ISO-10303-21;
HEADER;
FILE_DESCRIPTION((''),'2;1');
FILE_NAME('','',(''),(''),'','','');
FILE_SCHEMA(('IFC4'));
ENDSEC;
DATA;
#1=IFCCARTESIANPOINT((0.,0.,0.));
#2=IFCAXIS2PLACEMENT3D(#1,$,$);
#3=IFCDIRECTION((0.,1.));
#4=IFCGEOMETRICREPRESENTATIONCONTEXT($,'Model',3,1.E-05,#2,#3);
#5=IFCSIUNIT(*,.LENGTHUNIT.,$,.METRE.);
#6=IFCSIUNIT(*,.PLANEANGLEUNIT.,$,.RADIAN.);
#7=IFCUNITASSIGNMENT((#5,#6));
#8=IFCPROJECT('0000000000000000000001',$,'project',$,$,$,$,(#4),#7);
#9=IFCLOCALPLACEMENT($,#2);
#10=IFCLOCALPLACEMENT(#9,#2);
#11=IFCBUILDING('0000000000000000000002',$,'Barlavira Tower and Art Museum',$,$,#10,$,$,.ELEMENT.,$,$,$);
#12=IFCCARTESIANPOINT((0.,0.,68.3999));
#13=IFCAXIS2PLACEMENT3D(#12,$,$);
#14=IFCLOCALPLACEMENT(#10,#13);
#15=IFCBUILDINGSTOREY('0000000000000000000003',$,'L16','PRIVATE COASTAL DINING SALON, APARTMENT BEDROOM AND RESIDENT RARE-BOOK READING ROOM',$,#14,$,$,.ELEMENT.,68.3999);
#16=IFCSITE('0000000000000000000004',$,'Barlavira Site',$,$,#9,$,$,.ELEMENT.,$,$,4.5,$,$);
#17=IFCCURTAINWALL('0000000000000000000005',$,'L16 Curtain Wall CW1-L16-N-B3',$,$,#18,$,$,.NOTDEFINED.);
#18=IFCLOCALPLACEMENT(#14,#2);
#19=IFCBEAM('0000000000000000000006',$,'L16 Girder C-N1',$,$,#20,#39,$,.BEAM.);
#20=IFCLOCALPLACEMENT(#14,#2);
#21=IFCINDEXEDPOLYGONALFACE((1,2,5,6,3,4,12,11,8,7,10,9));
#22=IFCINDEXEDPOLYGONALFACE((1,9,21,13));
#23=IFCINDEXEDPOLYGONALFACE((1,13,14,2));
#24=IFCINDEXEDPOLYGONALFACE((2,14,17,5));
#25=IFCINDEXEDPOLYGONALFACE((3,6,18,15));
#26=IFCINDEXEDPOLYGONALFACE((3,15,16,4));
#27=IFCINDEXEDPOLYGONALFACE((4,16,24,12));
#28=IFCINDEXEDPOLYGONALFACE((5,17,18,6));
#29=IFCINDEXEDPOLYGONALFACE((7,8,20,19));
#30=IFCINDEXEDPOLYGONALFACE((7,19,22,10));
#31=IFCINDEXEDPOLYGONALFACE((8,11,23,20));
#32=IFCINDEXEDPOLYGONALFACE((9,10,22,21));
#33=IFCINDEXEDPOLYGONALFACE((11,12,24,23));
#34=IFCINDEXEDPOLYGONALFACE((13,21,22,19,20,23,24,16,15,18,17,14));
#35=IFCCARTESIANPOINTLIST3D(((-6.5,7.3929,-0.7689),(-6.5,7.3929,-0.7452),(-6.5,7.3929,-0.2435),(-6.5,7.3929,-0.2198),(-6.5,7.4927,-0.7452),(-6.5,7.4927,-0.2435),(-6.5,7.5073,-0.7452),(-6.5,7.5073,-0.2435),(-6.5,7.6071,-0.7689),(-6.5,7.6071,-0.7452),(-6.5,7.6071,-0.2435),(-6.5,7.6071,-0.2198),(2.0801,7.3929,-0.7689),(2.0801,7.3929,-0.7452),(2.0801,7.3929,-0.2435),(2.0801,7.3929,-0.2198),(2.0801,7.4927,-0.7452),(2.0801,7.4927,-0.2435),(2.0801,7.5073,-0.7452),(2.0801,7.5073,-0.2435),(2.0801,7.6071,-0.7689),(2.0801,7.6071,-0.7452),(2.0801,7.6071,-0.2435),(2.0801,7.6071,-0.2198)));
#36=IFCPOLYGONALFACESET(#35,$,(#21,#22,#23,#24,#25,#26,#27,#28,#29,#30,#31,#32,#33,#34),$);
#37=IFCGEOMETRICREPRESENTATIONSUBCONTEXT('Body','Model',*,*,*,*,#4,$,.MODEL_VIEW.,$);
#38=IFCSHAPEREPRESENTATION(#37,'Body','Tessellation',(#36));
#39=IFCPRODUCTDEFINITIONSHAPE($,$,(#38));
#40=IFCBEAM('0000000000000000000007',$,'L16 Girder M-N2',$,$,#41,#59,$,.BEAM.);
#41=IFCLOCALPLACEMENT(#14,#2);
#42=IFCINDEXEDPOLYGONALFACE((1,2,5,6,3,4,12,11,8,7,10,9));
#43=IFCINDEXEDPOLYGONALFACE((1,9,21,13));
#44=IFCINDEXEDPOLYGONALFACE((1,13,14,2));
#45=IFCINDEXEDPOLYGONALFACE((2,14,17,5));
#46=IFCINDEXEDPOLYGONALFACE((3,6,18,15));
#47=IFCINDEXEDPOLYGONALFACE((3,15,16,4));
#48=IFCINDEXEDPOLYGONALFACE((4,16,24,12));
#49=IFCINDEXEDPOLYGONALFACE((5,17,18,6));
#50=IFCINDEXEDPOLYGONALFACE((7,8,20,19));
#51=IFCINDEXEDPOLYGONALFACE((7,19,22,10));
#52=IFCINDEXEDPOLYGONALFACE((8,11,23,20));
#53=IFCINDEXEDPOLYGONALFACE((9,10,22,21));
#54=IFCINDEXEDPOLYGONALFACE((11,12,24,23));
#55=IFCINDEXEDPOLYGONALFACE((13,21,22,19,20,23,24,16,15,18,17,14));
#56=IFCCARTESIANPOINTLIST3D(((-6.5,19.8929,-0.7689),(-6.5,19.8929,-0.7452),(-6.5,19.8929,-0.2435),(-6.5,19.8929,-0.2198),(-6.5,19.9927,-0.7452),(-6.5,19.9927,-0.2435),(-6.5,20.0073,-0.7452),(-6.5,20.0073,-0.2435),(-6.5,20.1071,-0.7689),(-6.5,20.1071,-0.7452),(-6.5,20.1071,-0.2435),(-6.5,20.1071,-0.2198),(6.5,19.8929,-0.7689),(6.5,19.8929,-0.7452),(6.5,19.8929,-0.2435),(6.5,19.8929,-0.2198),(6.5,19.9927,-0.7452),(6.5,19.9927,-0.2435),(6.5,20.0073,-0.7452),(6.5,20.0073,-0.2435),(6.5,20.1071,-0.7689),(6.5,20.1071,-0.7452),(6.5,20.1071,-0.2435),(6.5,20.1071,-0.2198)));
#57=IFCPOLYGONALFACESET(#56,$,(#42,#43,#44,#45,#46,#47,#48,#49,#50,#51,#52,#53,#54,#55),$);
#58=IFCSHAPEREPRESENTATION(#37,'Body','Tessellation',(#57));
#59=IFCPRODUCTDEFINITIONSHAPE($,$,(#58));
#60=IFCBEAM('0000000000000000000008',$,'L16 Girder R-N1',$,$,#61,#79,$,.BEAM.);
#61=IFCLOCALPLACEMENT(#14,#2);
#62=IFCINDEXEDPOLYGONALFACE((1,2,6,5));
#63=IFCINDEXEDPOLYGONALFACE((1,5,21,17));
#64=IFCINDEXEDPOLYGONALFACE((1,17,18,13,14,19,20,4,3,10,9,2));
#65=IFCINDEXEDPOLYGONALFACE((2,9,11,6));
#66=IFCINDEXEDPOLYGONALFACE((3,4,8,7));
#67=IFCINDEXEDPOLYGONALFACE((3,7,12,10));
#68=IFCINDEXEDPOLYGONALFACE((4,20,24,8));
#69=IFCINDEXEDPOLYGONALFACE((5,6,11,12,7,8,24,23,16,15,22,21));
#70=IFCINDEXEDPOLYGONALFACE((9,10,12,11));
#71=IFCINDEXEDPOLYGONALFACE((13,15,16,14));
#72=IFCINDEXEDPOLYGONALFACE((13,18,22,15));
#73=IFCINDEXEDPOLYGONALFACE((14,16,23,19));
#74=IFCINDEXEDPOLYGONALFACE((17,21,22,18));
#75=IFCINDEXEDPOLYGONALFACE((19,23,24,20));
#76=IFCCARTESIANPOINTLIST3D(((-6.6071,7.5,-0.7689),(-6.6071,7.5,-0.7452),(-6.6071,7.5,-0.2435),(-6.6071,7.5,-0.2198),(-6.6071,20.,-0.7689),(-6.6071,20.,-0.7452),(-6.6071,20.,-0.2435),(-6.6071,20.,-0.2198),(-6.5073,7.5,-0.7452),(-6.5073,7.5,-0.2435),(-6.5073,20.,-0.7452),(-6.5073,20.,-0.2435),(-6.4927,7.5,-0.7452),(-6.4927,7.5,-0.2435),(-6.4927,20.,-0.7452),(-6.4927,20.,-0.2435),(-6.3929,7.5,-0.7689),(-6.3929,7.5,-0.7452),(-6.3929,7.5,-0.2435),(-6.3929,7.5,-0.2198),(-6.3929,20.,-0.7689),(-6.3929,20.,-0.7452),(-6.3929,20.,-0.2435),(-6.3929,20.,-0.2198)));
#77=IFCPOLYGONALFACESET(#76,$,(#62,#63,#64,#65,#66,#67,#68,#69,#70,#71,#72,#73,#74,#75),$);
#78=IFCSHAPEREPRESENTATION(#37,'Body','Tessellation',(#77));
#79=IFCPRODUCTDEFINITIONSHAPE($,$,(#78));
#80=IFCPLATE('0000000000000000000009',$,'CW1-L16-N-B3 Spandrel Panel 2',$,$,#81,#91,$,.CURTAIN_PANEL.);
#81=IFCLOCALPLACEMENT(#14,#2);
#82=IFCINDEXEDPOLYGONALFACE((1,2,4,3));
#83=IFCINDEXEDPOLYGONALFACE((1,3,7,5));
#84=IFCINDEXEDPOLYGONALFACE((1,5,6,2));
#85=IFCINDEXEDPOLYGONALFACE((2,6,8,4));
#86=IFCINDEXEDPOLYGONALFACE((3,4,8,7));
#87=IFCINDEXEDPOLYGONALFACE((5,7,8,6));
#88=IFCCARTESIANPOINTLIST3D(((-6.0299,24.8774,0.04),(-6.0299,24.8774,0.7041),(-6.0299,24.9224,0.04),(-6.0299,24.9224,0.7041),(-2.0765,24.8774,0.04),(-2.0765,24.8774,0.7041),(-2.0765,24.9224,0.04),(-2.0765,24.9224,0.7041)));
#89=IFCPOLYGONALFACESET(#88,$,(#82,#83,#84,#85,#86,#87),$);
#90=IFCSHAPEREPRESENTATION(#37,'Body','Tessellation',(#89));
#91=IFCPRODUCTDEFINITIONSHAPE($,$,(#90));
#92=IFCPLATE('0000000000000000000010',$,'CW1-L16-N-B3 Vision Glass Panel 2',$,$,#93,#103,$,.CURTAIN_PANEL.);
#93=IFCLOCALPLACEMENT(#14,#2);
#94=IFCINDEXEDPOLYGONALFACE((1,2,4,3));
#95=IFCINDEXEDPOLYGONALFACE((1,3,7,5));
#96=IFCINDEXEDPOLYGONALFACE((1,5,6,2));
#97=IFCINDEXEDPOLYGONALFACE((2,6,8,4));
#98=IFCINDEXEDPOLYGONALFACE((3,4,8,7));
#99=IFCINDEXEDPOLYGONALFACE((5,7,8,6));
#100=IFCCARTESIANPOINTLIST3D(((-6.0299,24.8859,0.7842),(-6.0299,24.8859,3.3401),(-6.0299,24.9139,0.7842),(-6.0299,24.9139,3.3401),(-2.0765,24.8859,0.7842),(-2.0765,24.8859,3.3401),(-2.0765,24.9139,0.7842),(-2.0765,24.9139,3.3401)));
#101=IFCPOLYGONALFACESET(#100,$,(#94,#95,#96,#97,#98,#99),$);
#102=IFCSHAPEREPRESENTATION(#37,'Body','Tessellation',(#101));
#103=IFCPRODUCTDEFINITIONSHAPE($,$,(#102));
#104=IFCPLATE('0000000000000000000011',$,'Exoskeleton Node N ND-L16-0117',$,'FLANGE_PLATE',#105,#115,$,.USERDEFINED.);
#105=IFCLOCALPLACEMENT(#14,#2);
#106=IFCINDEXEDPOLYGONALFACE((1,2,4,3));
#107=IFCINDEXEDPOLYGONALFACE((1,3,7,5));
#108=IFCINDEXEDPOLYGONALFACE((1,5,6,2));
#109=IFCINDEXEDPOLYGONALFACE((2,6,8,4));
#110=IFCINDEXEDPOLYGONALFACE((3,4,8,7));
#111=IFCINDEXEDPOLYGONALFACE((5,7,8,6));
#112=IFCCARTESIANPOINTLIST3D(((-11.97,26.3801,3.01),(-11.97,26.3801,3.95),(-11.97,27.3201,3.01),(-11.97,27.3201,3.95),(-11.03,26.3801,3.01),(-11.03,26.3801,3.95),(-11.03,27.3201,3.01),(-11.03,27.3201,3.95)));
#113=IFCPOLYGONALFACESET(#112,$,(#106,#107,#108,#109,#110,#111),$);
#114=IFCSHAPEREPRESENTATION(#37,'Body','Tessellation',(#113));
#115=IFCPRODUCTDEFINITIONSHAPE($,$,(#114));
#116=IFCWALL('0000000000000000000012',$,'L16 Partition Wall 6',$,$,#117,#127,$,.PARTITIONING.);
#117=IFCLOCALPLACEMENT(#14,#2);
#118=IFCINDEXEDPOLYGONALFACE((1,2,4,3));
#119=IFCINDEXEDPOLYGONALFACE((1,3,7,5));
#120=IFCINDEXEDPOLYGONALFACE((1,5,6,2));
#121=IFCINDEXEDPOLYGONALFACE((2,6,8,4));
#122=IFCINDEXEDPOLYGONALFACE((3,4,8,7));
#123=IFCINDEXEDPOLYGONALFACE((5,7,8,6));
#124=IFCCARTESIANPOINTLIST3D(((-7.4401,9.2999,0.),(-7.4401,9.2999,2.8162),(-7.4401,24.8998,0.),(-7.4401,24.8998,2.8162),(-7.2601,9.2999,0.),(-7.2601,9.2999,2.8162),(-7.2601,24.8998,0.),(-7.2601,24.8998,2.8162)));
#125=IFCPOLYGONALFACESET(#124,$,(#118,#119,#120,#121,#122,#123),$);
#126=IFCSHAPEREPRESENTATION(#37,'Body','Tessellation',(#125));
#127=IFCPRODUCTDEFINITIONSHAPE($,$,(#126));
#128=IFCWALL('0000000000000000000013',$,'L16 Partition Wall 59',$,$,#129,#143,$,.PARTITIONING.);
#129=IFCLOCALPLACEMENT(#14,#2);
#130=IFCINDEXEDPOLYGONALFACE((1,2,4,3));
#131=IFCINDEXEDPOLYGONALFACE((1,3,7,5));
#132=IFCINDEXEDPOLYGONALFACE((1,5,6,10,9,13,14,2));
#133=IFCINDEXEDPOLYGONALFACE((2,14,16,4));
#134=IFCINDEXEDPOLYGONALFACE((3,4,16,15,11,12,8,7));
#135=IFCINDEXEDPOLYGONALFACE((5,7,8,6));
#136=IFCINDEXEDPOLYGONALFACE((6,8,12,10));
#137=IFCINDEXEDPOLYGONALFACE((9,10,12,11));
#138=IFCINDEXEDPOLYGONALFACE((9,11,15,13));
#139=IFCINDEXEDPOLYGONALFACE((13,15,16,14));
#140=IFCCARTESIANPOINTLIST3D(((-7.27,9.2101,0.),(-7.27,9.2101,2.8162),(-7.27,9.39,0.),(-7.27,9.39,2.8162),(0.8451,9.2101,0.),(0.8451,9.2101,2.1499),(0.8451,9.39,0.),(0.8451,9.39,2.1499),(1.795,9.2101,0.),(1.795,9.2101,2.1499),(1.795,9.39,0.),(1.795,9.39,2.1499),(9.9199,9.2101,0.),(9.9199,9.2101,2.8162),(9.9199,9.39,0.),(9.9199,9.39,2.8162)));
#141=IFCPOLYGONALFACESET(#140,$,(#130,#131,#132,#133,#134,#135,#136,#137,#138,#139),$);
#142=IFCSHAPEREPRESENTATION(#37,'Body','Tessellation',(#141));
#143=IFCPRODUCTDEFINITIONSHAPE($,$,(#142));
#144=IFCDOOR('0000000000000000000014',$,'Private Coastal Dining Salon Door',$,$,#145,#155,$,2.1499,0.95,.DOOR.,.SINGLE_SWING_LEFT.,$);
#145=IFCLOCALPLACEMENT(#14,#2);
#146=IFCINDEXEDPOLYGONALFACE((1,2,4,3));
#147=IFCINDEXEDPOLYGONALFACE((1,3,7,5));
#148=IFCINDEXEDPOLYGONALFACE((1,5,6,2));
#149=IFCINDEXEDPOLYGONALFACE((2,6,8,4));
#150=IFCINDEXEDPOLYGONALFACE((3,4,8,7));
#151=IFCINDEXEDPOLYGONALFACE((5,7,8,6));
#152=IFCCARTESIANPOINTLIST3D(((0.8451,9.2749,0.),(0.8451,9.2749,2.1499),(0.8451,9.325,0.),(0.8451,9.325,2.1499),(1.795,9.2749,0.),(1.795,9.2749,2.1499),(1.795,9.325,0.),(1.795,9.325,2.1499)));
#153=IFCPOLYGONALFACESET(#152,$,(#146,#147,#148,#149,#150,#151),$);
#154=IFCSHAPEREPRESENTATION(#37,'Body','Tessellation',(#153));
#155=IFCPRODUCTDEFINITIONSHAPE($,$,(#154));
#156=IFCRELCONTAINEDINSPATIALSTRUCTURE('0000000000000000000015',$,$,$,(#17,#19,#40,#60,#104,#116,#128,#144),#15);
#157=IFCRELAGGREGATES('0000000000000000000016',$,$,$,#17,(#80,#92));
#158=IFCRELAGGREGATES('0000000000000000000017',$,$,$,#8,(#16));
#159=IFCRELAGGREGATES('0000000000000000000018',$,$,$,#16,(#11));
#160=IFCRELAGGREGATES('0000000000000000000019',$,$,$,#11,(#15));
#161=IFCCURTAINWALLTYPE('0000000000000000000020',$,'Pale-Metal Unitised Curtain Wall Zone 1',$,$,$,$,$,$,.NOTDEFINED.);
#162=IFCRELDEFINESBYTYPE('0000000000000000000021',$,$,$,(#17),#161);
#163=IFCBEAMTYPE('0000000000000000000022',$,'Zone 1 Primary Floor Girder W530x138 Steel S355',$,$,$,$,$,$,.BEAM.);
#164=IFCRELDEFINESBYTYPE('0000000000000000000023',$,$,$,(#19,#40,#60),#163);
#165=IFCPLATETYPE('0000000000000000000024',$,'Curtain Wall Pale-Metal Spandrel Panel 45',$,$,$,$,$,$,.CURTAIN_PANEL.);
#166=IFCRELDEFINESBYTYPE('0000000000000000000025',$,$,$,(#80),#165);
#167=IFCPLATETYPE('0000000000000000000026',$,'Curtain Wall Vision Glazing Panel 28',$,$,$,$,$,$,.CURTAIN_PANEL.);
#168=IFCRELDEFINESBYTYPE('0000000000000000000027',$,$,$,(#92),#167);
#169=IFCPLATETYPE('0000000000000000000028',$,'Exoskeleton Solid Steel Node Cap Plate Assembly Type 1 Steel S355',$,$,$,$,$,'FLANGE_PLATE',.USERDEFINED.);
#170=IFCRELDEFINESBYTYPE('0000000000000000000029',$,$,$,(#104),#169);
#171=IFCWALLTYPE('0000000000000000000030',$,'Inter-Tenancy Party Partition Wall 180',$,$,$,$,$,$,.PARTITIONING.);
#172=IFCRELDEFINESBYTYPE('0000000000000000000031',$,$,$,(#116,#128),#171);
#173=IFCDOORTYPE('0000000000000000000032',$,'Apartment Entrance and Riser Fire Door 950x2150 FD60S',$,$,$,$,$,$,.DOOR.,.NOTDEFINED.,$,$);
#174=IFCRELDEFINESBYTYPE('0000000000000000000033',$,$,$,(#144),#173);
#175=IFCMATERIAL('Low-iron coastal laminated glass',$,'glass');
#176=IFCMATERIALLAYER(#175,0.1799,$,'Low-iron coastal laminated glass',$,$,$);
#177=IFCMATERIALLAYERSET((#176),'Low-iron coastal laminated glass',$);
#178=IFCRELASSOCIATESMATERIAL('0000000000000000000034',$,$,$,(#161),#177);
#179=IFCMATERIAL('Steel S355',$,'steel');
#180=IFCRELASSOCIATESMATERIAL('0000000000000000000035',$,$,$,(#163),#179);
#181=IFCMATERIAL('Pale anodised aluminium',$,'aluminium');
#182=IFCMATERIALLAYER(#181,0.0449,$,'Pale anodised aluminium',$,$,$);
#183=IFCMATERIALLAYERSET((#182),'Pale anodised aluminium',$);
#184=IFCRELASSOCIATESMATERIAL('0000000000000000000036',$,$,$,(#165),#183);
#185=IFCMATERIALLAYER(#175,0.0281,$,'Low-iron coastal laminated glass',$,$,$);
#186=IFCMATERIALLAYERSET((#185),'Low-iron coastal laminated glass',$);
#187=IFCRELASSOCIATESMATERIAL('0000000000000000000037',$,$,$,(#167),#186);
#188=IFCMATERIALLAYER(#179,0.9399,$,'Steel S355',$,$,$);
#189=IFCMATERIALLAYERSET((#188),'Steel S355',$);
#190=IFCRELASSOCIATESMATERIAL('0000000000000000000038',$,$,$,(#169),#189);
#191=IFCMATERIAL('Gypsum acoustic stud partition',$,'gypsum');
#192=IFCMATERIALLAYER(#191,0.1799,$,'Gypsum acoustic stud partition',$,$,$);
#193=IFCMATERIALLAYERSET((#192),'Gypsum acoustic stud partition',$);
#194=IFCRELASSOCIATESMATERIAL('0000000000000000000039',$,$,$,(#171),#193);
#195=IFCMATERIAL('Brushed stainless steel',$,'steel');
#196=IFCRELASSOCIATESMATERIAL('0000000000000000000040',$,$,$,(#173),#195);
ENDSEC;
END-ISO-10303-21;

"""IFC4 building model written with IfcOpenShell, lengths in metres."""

from ifc_helpers import new_model, si_unit, direction, frame, frame_2d, origin, origin_2d, place, context, subcontext, project, spatial, rectangle, i_section, extrude, material, layer, layer_set, material_profile, profile_set, type_object, element, fill, aggregate, save


model = new_model("IFC4")

# Units and contexts
model_context = context("Model", 3, precision=1e-05, world=origin(), true_north=direction((0.0, 1.0)))
body_context = subcontext(model_context, "Body", "Model", "MODEL_VIEW")
ifc_project = project(units=[si_unit("LENGTHUNIT", "METRE"), si_unit("PLANEANGLEUNIT", "RADIAN")], contexts=[model_context])

# Site, building, storey
site_placement = place(None, origin())
site = spatial("IfcSite", under=ifc_project, at=site_placement, Name="Barlavira Site", CompositionType="ELEMENT", RefElevation=4.5)
building_placement = place(site_placement, origin())
building = spatial("IfcBuilding", under=site, at=building_placement, Name="Barlavira Tower and Art Museum", CompositionType="ELEMENT")
storey_placement = place(building_placement, frame((0.0, 0.0, 68.3999)))
storey = spatial("IfcBuildingStorey", under=building, at=storey_placement, Name="L16", Description="PRIVATE COASTAL DINING SALON, APARTMENT BEDROOM AND RESIDENT RARE-BOOK READING ROOM", CompositionType="ELEMENT", Elevation=68.3999)

# Shared definitions
ifc_material_1 = material(Name="Steel S355", Category="steel")

# Curtain wall
ifc_material_2 = material(Name="Low-iron coastal laminated glass", Category="glass")
ifc_layer_1 = layer(ifc_material_2, 0.1799, Name="Low-iron coastal laminated glass")
ifc_layer_set_1 = layer_set([ifc_layer_1], Name="Low-iron coastal laminated glass")
curtain_wall_type = type_object("IfcCurtainWallType", Name="Pale-Metal Unitised Curtain Wall Zone 1", PredefinedType="NOTDEFINED", material=ifc_layer_set_1)
curtain_wall_placement = place(storey_placement, origin())
curtain_wall = element("IfcCurtainWall", 1, at=curtain_wall_placement, inside=storey, type_object=curtain_wall_type, Name="L16 Curtain Wall CW1-L16-N-B3", PredefinedType="NOTDEFINED")
ifc_material_3 = material(Name="Pale anodised aluminium", Category="aluminium")

# Beams
ifc_material_profile_1 = material_profile(ifc_material_1, i_section(OverallWidth=0.2141, OverallDepth=0.5491, WebThickness=0.0146, FlangeThickness=0.0237, at=origin_2d()), Name="W530x138.0")
ifc_profile_set_1 = profile_set([ifc_material_profile_1], Name="Steel S355")
beam_type_1 = type_object("IfcBeamType", Name="Zone 1 Primary Floor Girder W530x138 Steel S355", PredefinedType="BEAM", material=ifc_profile_set_1)
beam_1_placement = place(storey_placement, frame((-6.5, 7.5, -0.4944), z_axis=(1.0, 0.0, 0.0), x_axis=(0.0, 1.0, 0.0)))
element("IfcBeam", 2, at=beam_1_placement, inside=storey, type_object=beam_type_1, Name="L16 Girder C-N1", PredefinedType="BEAM", context=body_context, shape_type="SweptSolid", body=[
    extrude(i_section(OverallWidth=0.2141, OverallDepth=0.5491, WebThickness=0.0146, FlangeThickness=0.0237, at=origin_2d()), origin(), (0.0, 0.0, 1.0), 8.5801),
])
beam_2_placement = place(storey_placement, frame((-6.5, 20.0, -0.4944), z_axis=(1.0, 0.0, 0.0), x_axis=(0.0, 1.0, 0.0)))
element("IfcBeam", 3, at=beam_2_placement, inside=storey, type_object=beam_type_1, Name="L16 Girder M-N2", PredefinedType="BEAM", context=body_context, shape_type="SweptSolid", body=[
    extrude(i_section(OverallWidth=0.2141, OverallDepth=0.5491, WebThickness=0.0146, FlangeThickness=0.0237, at=origin_2d()), origin(), (0.0, 0.0, 1.0), 13.0),
])
beam_3_placement = place(storey_placement, frame((-6.5, 7.5, -0.4944), z_axis=(0.0, 1.0, 0.0), x_axis=(-1.0, 0.0, 0.0)))
element("IfcBeam", 4, at=beam_3_placement, inside=storey, type_object=beam_type_1, Name="L16 Girder R-N1", PredefinedType="BEAM", context=body_context, shape_type="SweptSolid", body=[
    extrude(i_section(OverallWidth=0.2141, OverallDepth=0.5491, WebThickness=0.0146, FlangeThickness=0.0237, at=origin_2d()), origin(), (0.0, 0.0, 1.0), 12.5),
])

# Plates
ifc_layer_2 = layer(ifc_material_3, 0.0449, Name="Pale anodised aluminium")
ifc_layer_set_2 = layer_set([ifc_layer_2], Name="Pale anodised aluminium")
plate_type_1 = type_object("IfcPlateType", Name="Curtain Wall Pale-Metal Spandrel Panel 45", PredefinedType="CURTAIN_PANEL", material=ifc_layer_set_2)
plate_1_placement = place(storey_placement, frame((-4.0532, 24.8999, 0.04), z_axis=(0.0, 0.0, 1.0), x_axis=(-1.0, 0.0, 0.0)))
plate_1 = element("IfcPlate", 5, at=plate_1_placement, type_object=plate_type_1, Name="CW1-L16-N-B3 Spandrel Panel 2", PredefinedType="CURTAIN_PANEL", context=body_context, shape_type="SweptSolid", body=[
    extrude(rectangle(XDim=3.9534, YDim=0.0449, at=origin_2d()), origin(), (0.0, 0.0, 1.0), 0.6641),
])
ifc_layer_3 = layer(ifc_material_2, 0.0281, Name="Low-iron coastal laminated glass")
ifc_layer_set_3 = layer_set([ifc_layer_3], Name="Low-iron coastal laminated glass")
plate_type_2 = type_object("IfcPlateType", Name="Curtain Wall Vision Glazing Panel 28", PredefinedType="CURTAIN_PANEL", material=ifc_layer_set_3)
plate_2_placement = place(storey_placement, frame((-4.0532, 24.8999, 0.7842), z_axis=(0.0, 0.0, 1.0), x_axis=(-1.0, 0.0, 0.0)))
plate_2 = element("IfcPlate", 6, at=plate_2_placement, type_object=plate_type_2, Name="CW1-L16-N-B3 Vision Glass Panel 2", PredefinedType="CURTAIN_PANEL", context=body_context, shape_type="SweptSolid", body=[
    extrude(rectangle(XDim=3.9534, YDim=0.0281, at=origin_2d()), origin(), (0.0, 0.0, 1.0), 2.5559),
])
aggregate(curtain_wall, [plate_1, plate_2])
ifc_layer_4 = layer(ifc_material_1, 0.9399, Name="Steel S355")
ifc_layer_set_4 = layer_set([ifc_layer_4], Name="Steel S355")
plate_type_3 = type_object("IfcPlateType", Name="Exoskeleton Solid Steel Node Cap Plate Assembly Type 1 Steel S355", ElementType="FLANGE_PLATE", PredefinedType="USERDEFINED", material=ifc_layer_set_4)
plate_3_placement = place(storey_placement, frame((-11.5, 26.8501, 3.01), z_axis=(0.0, 0.0, 1.0), x_axis=(1.0, 0.0, 0.0)))
element("IfcPlate", 7, at=plate_3_placement, inside=storey, type_object=plate_type_3, Name="Exoskeleton Node N ND-L16-0117", ObjectType="FLANGE_PLATE", PredefinedType="USERDEFINED", context=body_context, shape_type="SweptSolid", body=[
    extrude(rectangle(XDim=0.9399, YDim=0.9399, at=origin_2d()), origin(), (0.0, 0.0, 1.0), 0.9399),
])

# Shared definitions
ifc_material_4 = material(Name="Brushed stainless steel", Category="steel")

# Wall
ifc_material_5 = material(Name="Gypsum acoustic stud partition", Category="gypsum")
ifc_layer_5 = layer(ifc_material_5, 0.1799, Name="Gypsum acoustic stud partition")
ifc_layer_set_5 = layer_set([ifc_layer_5], Name="Gypsum acoustic stud partition")
wall_type_1 = type_object("IfcWallType", Name="Inter-Tenancy Party Partition Wall 180", PredefinedType="PARTITIONING", material=ifc_layer_set_5)
wall_1_placement = place(storey_placement, frame((-7.3501, 9.3, 0.0), z_axis=(0.0, 0.0, 1.0), x_axis=(0.0, 1.0, 0.0)))
element("IfcWall", 8, at=wall_1_placement, inside=storey, type_object=wall_type_1, Name="L16 Partition Wall 6", PredefinedType="PARTITIONING", context=body_context, shape_type="SweptSolid", body=[
    extrude(rectangle(XDim=15.5999, YDim=0.1799, at=frame_2d((7.7998, 0.0))), origin(), (0.0, 0.0, 1.0), 2.8162),
])

# Wall, opening, door
wall_2_placement = place(storey_placement, frame((-7.27, 9.3, 0.0), z_axis=(0.0, 0.0, 1.0), x_axis=(1.0, 0.0, 0.0)))
wall_2 = element("IfcWall", 9, at=wall_2_placement, inside=storey, type_object=wall_type_1, Name="L16 Partition Wall 59", PredefinedType="PARTITIONING", context=body_context, shape_type="SweptSolid", body=[
    extrude(rectangle(XDim=17.1899, YDim=0.1799, at=frame_2d((8.595, 0.0))), origin(), (0.0, 0.0, 1.0), 2.8162),
])
opening_1_placement = place(wall_2_placement, frame((8.115, 0.0, 0.0)))
opening_1 = element("IfcOpeningElement", 10, at=opening_1_placement, cuts=wall_2, PredefinedType="OPENING", context=body_context, shape_type="SweptSolid", body=[
    extrude(rectangle(XDim=0.95, YDim=2.1499, at=frame_2d((0.4751, 1.075))), frame((0.0, 0.1001, 0.0), z_axis=(0.0, -1.0, 0.0), x_axis=(1.0, 0.0, 0.0)), (0.0, 0.0, 1.0), 0.2),
])
door_type_1 = type_object("IfcDoorType", Name="Apartment Entrance and Riser Fire Door 950x2150 FD60S", OperationType="NOTDEFINED", PredefinedType="DOOR", material=ifc_material_4)
door_1_placement = place(opening_1_placement, origin())
door_1 = element("IfcDoor", 11, at=door_1_placement, inside=storey, type_object=door_type_1, Name="Private Coastal Dining Salon Door", OperationType="SINGLE_SWING_LEFT", OverallHeight=2.1499, OverallWidth=0.95, PredefinedType="DOOR", context=body_context, shape_type="SweptSolid", body=[
    extrude(rectangle(XDim=0.95, YDim=2.1499, at=frame_2d((0.4751, 1.075))), frame((0.0, 0.0249, 0.0), z_axis=(0.0, -1.0, 0.0), x_axis=(1.0, 0.0, 0.0)), (0.0, 0.0, 1.0), 0.05),
])
fill(opening_1, door_1)

save(model, "model.ifc")
